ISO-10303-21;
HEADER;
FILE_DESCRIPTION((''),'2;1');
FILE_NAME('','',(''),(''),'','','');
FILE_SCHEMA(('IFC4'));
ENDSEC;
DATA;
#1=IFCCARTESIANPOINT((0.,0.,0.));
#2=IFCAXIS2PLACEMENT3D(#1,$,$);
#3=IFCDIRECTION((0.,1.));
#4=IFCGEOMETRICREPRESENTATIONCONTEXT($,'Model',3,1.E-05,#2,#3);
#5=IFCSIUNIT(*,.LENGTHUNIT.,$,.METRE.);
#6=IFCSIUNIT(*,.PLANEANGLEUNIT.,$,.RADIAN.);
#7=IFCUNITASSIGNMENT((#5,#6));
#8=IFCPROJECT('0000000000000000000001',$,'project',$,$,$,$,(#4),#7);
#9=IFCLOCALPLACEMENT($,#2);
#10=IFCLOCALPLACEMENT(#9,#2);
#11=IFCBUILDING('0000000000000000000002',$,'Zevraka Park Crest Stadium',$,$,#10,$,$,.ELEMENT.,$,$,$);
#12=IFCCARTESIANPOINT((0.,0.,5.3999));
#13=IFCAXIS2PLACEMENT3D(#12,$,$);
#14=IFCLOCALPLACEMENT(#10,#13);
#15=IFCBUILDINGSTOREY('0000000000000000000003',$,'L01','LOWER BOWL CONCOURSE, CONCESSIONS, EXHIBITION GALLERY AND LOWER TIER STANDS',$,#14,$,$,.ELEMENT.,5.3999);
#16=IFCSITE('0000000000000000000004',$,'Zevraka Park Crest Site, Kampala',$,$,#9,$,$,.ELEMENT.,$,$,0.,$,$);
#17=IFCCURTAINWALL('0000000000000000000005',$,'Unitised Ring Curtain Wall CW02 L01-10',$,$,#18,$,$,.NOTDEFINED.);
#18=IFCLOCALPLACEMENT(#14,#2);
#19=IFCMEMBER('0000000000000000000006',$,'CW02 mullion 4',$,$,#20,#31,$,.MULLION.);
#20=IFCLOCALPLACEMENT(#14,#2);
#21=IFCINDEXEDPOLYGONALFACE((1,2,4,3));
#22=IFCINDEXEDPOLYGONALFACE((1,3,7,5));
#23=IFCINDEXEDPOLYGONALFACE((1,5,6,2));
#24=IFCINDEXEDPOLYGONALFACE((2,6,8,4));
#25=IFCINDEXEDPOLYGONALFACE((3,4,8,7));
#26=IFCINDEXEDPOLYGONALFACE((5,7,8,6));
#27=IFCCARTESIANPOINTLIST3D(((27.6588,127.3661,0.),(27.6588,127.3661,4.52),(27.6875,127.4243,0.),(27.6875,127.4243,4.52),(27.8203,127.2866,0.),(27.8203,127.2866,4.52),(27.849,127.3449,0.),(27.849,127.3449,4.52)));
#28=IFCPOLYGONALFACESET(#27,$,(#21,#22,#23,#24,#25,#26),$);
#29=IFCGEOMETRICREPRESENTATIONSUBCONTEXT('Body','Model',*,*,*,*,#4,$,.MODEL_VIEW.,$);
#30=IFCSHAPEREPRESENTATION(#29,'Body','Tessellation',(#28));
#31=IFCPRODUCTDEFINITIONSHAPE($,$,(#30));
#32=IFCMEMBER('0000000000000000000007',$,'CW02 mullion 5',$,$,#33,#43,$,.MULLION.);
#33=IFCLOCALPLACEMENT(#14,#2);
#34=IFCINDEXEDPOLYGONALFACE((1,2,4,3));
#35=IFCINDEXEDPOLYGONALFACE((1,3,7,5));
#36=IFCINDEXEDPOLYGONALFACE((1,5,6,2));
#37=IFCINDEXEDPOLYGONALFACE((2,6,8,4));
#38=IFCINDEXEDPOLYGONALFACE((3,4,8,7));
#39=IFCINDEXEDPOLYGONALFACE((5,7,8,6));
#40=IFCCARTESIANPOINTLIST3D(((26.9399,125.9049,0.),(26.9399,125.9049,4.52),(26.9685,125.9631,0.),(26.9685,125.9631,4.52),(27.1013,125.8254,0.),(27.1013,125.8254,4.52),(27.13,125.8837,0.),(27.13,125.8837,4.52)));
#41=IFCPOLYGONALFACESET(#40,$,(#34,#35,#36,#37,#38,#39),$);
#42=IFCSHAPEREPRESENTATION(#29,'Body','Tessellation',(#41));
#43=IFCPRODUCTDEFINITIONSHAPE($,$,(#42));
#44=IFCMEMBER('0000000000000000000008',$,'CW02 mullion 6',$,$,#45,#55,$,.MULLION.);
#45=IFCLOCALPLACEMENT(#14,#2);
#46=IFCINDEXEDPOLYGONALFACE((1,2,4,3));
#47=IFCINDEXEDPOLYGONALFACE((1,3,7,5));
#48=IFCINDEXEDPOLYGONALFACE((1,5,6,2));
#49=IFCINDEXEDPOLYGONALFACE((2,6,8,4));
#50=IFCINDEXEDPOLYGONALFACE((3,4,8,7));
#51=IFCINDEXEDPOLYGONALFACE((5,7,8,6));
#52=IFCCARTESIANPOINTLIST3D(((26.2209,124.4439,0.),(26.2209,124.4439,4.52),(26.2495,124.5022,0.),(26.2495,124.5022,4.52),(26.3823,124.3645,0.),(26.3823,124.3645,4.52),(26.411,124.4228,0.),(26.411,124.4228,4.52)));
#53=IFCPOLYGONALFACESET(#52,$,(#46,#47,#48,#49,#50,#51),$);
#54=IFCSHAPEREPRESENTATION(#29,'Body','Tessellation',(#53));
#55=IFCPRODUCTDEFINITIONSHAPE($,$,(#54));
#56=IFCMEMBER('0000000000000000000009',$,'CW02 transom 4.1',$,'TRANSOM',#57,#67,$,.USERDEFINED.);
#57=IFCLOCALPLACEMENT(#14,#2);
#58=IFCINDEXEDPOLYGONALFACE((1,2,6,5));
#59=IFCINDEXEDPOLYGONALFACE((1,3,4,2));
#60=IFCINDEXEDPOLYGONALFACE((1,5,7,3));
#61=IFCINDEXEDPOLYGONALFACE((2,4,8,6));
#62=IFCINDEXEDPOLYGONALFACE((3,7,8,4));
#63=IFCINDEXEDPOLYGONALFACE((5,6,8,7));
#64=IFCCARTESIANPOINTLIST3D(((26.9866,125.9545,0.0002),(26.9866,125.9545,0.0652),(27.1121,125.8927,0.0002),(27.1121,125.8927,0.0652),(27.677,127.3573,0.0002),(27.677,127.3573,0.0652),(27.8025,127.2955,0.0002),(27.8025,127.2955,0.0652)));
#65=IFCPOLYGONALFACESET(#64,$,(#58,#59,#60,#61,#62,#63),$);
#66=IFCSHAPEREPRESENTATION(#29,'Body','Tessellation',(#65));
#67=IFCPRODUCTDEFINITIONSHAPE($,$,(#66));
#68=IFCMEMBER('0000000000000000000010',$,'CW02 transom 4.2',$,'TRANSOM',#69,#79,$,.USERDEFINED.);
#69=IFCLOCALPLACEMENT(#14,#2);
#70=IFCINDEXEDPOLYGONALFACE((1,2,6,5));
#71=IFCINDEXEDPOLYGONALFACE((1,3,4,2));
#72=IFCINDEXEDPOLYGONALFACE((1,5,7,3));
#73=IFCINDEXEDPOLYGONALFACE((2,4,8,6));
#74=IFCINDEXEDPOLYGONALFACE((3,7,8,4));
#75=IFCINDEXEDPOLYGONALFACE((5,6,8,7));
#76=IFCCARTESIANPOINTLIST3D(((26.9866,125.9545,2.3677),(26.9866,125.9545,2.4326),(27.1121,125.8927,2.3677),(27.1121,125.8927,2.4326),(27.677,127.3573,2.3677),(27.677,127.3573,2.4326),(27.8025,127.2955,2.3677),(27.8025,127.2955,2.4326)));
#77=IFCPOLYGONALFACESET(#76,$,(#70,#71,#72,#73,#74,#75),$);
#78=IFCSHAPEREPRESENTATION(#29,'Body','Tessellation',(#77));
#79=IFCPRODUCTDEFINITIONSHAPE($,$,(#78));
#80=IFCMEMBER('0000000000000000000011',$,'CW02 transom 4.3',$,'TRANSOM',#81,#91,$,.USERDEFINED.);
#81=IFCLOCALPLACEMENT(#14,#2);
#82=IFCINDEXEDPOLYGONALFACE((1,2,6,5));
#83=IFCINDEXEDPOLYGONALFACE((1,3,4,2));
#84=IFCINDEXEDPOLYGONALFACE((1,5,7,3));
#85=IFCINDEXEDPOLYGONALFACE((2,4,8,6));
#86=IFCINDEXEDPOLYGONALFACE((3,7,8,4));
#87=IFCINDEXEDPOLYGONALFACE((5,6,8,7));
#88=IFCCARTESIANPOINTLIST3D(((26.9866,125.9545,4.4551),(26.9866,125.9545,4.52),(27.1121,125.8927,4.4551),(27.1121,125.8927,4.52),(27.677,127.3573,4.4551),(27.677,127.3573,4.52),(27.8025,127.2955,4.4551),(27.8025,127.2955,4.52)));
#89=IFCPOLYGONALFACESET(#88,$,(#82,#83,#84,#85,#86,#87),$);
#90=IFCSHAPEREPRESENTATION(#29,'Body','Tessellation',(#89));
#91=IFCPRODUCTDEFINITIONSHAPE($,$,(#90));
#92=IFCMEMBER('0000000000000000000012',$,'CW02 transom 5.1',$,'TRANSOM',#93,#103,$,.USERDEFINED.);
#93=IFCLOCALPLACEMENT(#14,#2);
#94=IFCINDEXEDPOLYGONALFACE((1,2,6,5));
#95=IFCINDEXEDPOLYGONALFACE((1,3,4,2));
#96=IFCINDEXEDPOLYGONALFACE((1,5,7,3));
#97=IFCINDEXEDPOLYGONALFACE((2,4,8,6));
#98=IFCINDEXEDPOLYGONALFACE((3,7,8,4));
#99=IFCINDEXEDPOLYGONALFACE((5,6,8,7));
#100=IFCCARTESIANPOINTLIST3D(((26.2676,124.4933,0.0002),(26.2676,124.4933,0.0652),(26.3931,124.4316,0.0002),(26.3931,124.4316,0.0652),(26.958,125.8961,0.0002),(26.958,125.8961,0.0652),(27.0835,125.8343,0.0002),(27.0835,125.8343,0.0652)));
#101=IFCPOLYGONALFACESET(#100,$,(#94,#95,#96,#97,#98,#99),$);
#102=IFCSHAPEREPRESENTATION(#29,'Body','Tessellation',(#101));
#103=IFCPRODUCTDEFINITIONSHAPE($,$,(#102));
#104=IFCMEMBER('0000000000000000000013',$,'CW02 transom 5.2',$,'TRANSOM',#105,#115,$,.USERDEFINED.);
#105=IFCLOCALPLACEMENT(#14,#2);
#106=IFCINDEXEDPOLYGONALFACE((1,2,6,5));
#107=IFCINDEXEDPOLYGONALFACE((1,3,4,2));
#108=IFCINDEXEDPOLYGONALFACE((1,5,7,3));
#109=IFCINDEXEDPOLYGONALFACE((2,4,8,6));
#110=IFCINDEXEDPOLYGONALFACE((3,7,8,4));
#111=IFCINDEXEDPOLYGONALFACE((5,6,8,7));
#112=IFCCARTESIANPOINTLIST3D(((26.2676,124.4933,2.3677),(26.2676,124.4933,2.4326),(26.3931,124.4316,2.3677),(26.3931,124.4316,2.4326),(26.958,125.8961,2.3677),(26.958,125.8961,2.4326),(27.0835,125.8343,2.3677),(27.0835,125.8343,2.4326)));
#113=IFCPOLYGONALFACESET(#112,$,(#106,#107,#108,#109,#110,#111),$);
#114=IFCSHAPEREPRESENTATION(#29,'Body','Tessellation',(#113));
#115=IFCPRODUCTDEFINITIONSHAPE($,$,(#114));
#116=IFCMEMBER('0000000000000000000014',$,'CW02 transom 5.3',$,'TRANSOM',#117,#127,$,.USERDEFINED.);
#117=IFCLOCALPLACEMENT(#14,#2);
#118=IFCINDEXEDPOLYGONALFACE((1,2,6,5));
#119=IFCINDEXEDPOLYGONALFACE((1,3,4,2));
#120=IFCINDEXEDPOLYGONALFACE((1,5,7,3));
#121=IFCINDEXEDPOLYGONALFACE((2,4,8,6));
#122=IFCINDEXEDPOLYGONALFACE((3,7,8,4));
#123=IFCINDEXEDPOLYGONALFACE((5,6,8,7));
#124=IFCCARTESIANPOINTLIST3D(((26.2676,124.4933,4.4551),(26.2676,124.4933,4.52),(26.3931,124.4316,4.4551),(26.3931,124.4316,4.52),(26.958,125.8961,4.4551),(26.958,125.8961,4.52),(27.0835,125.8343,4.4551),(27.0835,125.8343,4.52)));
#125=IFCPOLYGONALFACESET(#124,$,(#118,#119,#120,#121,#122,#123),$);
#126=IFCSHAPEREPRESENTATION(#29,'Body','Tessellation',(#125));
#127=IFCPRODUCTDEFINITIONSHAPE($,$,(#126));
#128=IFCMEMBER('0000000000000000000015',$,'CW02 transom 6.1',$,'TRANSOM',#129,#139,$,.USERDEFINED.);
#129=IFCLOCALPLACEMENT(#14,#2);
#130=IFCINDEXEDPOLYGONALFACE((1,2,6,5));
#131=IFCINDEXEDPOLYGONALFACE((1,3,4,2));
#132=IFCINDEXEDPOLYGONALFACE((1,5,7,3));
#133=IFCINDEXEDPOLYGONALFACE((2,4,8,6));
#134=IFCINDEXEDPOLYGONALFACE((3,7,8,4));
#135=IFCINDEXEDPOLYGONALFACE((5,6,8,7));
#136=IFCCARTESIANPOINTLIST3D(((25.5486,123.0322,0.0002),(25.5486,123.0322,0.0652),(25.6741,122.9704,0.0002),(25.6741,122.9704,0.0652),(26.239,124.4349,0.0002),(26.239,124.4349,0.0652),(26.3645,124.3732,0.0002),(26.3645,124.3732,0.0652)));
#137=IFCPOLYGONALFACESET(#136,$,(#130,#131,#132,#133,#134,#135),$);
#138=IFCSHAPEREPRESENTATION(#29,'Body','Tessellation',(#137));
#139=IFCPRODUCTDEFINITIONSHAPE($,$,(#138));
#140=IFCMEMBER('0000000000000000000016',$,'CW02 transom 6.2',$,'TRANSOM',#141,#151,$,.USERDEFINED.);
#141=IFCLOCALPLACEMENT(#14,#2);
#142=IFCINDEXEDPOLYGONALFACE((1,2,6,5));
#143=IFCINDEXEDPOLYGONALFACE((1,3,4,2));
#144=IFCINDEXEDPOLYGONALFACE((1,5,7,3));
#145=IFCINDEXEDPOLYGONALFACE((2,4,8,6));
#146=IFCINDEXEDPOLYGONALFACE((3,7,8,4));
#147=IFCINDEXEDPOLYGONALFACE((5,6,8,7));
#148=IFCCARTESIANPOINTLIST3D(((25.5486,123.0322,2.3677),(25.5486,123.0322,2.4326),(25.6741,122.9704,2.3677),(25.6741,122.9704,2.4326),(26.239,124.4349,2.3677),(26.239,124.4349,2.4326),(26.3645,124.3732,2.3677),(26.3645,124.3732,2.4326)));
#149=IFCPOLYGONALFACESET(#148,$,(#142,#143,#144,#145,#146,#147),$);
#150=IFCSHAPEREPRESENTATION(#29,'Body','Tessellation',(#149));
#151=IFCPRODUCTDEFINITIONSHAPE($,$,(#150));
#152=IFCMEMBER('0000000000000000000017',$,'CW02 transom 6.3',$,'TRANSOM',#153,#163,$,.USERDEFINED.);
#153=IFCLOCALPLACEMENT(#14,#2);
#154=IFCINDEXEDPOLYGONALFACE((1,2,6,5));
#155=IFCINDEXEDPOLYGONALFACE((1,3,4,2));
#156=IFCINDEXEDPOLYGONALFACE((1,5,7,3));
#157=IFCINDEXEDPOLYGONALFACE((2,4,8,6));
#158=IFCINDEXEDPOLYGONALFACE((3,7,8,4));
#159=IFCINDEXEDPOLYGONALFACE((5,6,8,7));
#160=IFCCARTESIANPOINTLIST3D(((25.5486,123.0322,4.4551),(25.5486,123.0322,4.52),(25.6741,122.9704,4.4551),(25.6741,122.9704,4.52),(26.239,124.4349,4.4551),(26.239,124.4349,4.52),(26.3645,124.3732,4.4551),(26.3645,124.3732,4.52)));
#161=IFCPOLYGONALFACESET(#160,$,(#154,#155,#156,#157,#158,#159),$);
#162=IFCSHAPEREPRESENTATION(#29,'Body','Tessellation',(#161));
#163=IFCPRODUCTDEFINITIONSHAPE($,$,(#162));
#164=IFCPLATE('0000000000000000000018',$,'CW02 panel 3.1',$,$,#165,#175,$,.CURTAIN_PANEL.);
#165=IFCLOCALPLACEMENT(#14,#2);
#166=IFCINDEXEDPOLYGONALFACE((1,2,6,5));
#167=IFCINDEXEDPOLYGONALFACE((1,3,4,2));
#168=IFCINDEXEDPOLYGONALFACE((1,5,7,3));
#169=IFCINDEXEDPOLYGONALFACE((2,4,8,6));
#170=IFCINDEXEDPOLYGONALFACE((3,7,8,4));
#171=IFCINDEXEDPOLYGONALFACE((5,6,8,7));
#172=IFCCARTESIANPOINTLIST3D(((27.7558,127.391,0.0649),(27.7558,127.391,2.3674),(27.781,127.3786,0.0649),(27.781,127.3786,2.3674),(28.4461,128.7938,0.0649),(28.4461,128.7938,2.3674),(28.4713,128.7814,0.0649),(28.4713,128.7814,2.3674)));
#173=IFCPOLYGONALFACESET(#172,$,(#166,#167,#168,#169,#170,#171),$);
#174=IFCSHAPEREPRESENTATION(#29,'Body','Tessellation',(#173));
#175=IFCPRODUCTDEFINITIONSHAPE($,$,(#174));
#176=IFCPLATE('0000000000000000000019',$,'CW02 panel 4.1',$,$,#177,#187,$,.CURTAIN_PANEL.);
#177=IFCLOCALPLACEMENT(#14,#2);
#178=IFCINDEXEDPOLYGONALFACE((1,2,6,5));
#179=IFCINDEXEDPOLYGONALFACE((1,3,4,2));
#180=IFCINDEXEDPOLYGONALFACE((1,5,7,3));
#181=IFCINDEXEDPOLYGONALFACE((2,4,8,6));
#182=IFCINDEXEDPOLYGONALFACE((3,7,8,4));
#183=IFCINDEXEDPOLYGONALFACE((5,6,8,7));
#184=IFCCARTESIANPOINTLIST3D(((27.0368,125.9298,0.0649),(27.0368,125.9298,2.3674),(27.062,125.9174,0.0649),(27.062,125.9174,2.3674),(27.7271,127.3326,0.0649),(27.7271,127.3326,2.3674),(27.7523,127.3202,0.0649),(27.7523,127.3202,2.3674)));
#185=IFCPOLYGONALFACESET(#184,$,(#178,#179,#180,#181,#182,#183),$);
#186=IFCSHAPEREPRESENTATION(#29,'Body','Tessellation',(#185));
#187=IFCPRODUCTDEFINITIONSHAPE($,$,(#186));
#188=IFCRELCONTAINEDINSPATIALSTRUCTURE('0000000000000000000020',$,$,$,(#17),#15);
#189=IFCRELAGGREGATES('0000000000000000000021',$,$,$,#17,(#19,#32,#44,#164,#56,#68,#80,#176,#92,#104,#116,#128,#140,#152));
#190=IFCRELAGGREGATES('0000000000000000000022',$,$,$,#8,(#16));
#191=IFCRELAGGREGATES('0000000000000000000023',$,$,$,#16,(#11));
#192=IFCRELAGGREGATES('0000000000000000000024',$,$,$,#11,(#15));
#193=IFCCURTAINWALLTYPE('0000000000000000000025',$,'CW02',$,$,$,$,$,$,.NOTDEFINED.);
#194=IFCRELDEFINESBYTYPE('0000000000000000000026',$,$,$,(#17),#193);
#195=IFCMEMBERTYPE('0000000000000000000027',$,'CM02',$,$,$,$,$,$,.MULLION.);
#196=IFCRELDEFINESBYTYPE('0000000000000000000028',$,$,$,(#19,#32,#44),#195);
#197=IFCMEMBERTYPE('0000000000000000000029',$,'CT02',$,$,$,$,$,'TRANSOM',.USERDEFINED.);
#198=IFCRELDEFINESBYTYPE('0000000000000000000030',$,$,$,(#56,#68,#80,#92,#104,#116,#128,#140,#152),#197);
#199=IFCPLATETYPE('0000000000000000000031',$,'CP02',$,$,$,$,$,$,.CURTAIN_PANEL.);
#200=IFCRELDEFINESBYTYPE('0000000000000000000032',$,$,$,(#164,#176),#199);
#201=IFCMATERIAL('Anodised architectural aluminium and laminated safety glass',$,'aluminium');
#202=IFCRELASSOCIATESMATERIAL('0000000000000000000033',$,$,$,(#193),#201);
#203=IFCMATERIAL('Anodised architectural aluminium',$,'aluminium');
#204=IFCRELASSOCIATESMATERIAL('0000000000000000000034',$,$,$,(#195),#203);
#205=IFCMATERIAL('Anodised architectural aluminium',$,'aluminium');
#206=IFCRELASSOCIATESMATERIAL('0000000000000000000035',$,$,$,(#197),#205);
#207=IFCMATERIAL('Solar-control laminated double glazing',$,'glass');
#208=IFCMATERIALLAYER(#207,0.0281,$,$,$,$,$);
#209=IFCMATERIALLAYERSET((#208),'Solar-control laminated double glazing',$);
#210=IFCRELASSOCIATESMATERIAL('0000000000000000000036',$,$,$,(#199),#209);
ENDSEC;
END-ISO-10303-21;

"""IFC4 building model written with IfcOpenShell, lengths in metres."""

from ifc_helpers import new_model, si_unit, direction, frame, origin, origin_2d, place, context, subcontext, project, spatial, rectangle, extrude, material, layer, layer_set, material_profile, profile_set, type_object, element, aggregate, save


model = new_model("IFC4")

# Units and contexts
model_context = context("Model", 3, precision=1e-05, world=origin(), true_north=direction((0.0, 1.0)))
body_context = subcontext(model_context, "Body", "Model", "MODEL_VIEW")
ifc_project = project(units=[si_unit("LENGTHUNIT", "METRE"), si_unit("PLANEANGLEUNIT", "RADIAN")], contexts=[model_context])

# Site, building, storey
site_placement = place(None, origin())
site = spatial("IfcSite", under=ifc_project, at=site_placement, Name="Zevraka Park Crest Site, Kampala", CompositionType="ELEMENT", RefElevation=0.0)
building_placement = place(site_placement, origin())
building = spatial("IfcBuilding", under=site, at=building_placement, Name="Zevraka Park Crest Stadium", CompositionType="ELEMENT")
storey_placement = place(building_placement, frame((0.0, 0.0, 5.3999)))
storey = spatial("IfcBuildingStorey", under=building, at=storey_placement, Name="L01", Description="LOWER BOWL CONCOURSE, CONCESSIONS, EXHIBITION GALLERY AND LOWER TIER STANDS", CompositionType="ELEMENT", Elevation=5.3999)

# Curtain wall, members, plates
ifc_material_1 = material(Name="Anodised architectural aluminium and laminated safety glass", Category="aluminium")
curtain_wall_type = type_object("IfcCurtainWallType", Name="CW02", PredefinedType="NOTDEFINED", material=ifc_material_1)
curtain_wall_placement = place(storey_placement, origin())
curtain_wall = element("IfcCurtainWall", 1, at=curtain_wall_placement, inside=storey, type_object=curtain_wall_type, Name="Unitised Ring Curtain Wall CW02 L01-10", PredefinedType="NOTDEFINED")
ifc_material_2 = material(Name="Anodised architectural aluminium", Category="aluminium")
ifc_material_profile_1 = material_profile(ifc_material_2, rectangle(XDim=0.1799, YDim=0.0649, at=origin_2d()), Name="ALU MULLION 180x65")
ifc_profile_set_1 = profile_set([ifc_material_profile_1], Name="Anodised architectural aluminium")
member_type_1 = type_object("IfcMemberType", Name="CM02", PredefinedType="MULLION", material=ifc_profile_set_1)
member_1_placement = place(storey_placement, frame((27.7539, 127.3555, 0.0), z_axis=(0.0, 0.0, 1.0), x_axis=(0.897253, -0.441517, 0.0)))
member_1 = element("IfcMember", 2, at=member_1_placement, type_object=member_type_1, Name="CW02 mullion 4", PredefinedType="MULLION", context=body_context, shape_type="SweptSolid", body=[
    extrude(rectangle(XDim=0.1799, YDim=0.0649, at=origin_2d()), origin(), (0.0, 0.0, 1.0), 4.52),
])
member_2_placement = place(storey_placement, frame((27.0349, 125.8943, 0.0), z_axis=(0.0, 0.0, 1.0), x_axis=(0.897253, -0.441517, 0.0)))
member_2 = element("IfcMember", 3, at=member_2_placement, type_object=member_type_1, Name="CW02 mullion 5", PredefinedType="MULLION", context=body_context, shape_type="SweptSolid", body=[
    extrude(rectangle(XDim=0.1799, YDim=0.0649, at=origin_2d()), origin(), (0.0, 0.0, 1.0), 4.52),
])
member_3_placement = place(storey_placement, frame((26.3159, 124.4333, 0.0), z_axis=(0.0, 0.0, 1.0), x_axis=(0.897253, -0.441517, 0.0)))
member_3 = element("IfcMember", 4, at=member_3_placement, type_object=member_type_1, Name="CW02 mullion 6", PredefinedType="MULLION", context=body_context, shape_type="SweptSolid", body=[
    extrude(rectangle(XDim=0.1799, YDim=0.0649, at=origin_2d()), origin(), (0.0, 0.0, 1.0), 4.52),
])
ifc_material_3 = material(Name="Anodised architectural aluminium", Category="aluminium")
ifc_material_profile_2 = material_profile(ifc_material_3, rectangle(XDim=0.1399, YDim=0.0649, at=origin_2d()), Name="ALU TRANSOM 140x65")
ifc_profile_set_2 = profile_set([ifc_material_profile_2], Name="Anodised architectural aluminium")
member_type_2 = type_object("IfcMemberType", Name="CT02", ElementType="TRANSOM", PredefinedType="USERDEFINED", material=ifc_profile_set_2)
member_4_placement = place(storey_placement, frame((27.7397, 127.3264, 0.0327), z_axis=(-0.441583, -0.89722, 0.0), x_axis=(0.89722, -0.441583, 0.0)))
member_4 = element("IfcMember", 5, at=member_4_placement, type_object=member_type_2, Name="CW02 transom 4.1", ObjectType="TRANSOM", PredefinedType="USERDEFINED", context=body_context, shape_type="SweptSolid", body=[
    extrude(rectangle(XDim=0.1399, YDim=0.0649, at=origin_2d()), origin(), (0.0, 0.0, 1.0), 1.5635),
])
member_5_placement = place(storey_placement, frame((27.7397, 127.3264, 2.4001), z_axis=(-0.441583, -0.89722, 0.0), x_axis=(0.89722, -0.441583, 0.0)))
member_5 = element("IfcMember", 6, at=member_5_placement, type_object=member_type_2, Name="CW02 transom 4.2", ObjectType="TRANSOM", PredefinedType="USERDEFINED", context=body_context, shape_type="SweptSolid", body=[
    extrude(rectangle(XDim=0.1399, YDim=0.0649, at=origin_2d()), origin(), (0.0, 0.0, 1.0), 1.5635),
])
member_6_placement = place(storey_placement, frame((27.7397, 127.3264, 4.4875), z_axis=(-0.441583, -0.89722, 0.0), x_axis=(0.89722, -0.441583, 0.0)))
member_6 = element("IfcMember", 7, at=member_6_placement, type_object=member_type_2, Name="CW02 transom 4.3", ObjectType="TRANSOM", PredefinedType="USERDEFINED", context=body_context, shape_type="SweptSolid", body=[
    extrude(rectangle(XDim=0.1399, YDim=0.0649, at=origin_2d()), origin(), (0.0, 0.0, 1.0), 1.5635),
])
member_7_placement = place(storey_placement, frame((27.0208, 125.8652, 0.0327), z_axis=(-0.441583, -0.89722, 0.0), x_axis=(0.89722, -0.441583, 0.0)))
member_7 = element("IfcMember", 8, at=member_7_placement, type_object=member_type_2, Name="CW02 transom 5.1", ObjectType="TRANSOM", PredefinedType="USERDEFINED", context=body_context, shape_type="SweptSolid", body=[
    extrude(rectangle(XDim=0.1399, YDim=0.0649, at=origin_2d()), origin(), (0.0, 0.0, 1.0), 1.5635),
])
member_8_placement = place(storey_placement, frame((27.0208, 125.8652, 2.4001), z_axis=(-0.441583, -0.89722, 0.0), x_axis=(0.89722, -0.441583, 0.0)))
member_8 = element("IfcMember", 9, at=member_8_placement, type_object=member_type_2, Name="CW02 transom 5.2", ObjectType="TRANSOM", PredefinedType="USERDEFINED", context=body_context, shape_type="SweptSolid", body=[
    extrude(rectangle(XDim=0.1399, YDim=0.0649, at=origin_2d()), origin(), (0.0, 0.0, 1.0), 1.5635),
])
member_9_placement = place(storey_placement, frame((27.0208, 125.8652, 4.4875), z_axis=(-0.441583, -0.89722, 0.0), x_axis=(0.89722, -0.441583, 0.0)))
member_9 = element("IfcMember", 10, at=member_9_placement, type_object=member_type_2, Name="CW02 transom 5.3", ObjectType="TRANSOM", PredefinedType="USERDEFINED", context=body_context, shape_type="SweptSolid", body=[
    extrude(rectangle(XDim=0.1399, YDim=0.0649, at=origin_2d()), origin(), (0.0, 0.0, 1.0), 1.5635),
])
member_10_placement = place(storey_placement, frame((26.3018, 124.4041, 0.0327), z_axis=(-0.441583, -0.89722, 0.0), x_axis=(0.89722, -0.441583, 0.0)))
member_10 = element("IfcMember", 11, at=member_10_placement, type_object=member_type_2, Name="CW02 transom 6.1", ObjectType="TRANSOM", PredefinedType="USERDEFINED", context=body_context, shape_type="SweptSolid", body=[
    extrude(rectangle(XDim=0.1399, YDim=0.0649, at=origin_2d()), origin(), (0.0, 0.0, 1.0), 1.5635),
])
member_11_placement = place(storey_placement, frame((26.3018, 124.4041, 2.4001), z_axis=(-0.441583, -0.89722, 0.0), x_axis=(0.89722, -0.441583, 0.0)))
member_11 = element("IfcMember", 12, at=member_11_placement, type_object=member_type_2, Name="CW02 transom 6.2", ObjectType="TRANSOM", PredefinedType="USERDEFINED", context=body_context, shape_type="SweptSolid", body=[
    extrude(rectangle(XDim=0.1399, YDim=0.0649, at=origin_2d()), origin(), (0.0, 0.0, 1.0), 1.5635),
])
member_12_placement = place(storey_placement, frame((26.3018, 124.4041, 4.4875), z_axis=(-0.441583, -0.89722, 0.0), x_axis=(0.89722, -0.441583, 0.0)))
member_12 = element("IfcMember", 13, at=member_12_placement, type_object=member_type_2, Name="CW02 transom 6.3", ObjectType="TRANSOM", PredefinedType="USERDEFINED", context=body_context, shape_type="SweptSolid", body=[
    extrude(rectangle(XDim=0.1399, YDim=0.0649, at=origin_2d()), origin(), (0.0, 0.0, 1.0), 1.5635),
])
ifc_material_4 = material(Name="Solar-control laminated double glazing", Category="glass")
ifc_layer_1 = layer(ifc_material_4, 0.0281)
ifc_layer_set_1 = layer_set([ifc_layer_1], Name="Solar-control laminated double glazing")
plate_type = type_object("IfcPlateType", Name="CP02", PredefinedType="CURTAIN_PANEL", material=ifc_layer_set_1)
plate_1_placement = place(storey_placement, frame((28.1135, 128.0862, 0.0649), z_axis=(0.0, 0.0, 1.0), x_axis=(-0.441517, -0.897253, 0.0)))
plate_1 = element("IfcPlate", 14, at=plate_1_placement, type_object=plate_type, Name="CW02 panel 3.1", PredefinedType="CURTAIN_PANEL", context=body_context, shape_type="SweptSolid", body=[
    extrude(rectangle(XDim=1.5635, YDim=0.0281, at=origin_2d()), origin(), (0.0, 0.0, 1.0), 2.3025),
])
plate_2_placement = place(storey_placement, frame((27.3945, 126.625, 0.0649), z_axis=(0.0, 0.0, 1.0), x_axis=(-0.441517, -0.897253, 0.0)))
plate_2 = element("IfcPlate", 15, at=plate_2_placement, type_object=plate_type, Name="CW02 panel 4.1", PredefinedType="CURTAIN_PANEL", context=body_context, shape_type="SweptSolid", body=[
    extrude(rectangle(XDim=1.5635, YDim=0.0281, at=origin_2d()), origin(), (0.0, 0.0, 1.0), 2.3025),
])
aggregate(curtain_wall, [member_1, member_2, member_3, plate_1, member_4, member_5, member_6, plate_2, member_7, member_8, member_9, member_10, member_11, member_12])

save(model, "model.ifc")
